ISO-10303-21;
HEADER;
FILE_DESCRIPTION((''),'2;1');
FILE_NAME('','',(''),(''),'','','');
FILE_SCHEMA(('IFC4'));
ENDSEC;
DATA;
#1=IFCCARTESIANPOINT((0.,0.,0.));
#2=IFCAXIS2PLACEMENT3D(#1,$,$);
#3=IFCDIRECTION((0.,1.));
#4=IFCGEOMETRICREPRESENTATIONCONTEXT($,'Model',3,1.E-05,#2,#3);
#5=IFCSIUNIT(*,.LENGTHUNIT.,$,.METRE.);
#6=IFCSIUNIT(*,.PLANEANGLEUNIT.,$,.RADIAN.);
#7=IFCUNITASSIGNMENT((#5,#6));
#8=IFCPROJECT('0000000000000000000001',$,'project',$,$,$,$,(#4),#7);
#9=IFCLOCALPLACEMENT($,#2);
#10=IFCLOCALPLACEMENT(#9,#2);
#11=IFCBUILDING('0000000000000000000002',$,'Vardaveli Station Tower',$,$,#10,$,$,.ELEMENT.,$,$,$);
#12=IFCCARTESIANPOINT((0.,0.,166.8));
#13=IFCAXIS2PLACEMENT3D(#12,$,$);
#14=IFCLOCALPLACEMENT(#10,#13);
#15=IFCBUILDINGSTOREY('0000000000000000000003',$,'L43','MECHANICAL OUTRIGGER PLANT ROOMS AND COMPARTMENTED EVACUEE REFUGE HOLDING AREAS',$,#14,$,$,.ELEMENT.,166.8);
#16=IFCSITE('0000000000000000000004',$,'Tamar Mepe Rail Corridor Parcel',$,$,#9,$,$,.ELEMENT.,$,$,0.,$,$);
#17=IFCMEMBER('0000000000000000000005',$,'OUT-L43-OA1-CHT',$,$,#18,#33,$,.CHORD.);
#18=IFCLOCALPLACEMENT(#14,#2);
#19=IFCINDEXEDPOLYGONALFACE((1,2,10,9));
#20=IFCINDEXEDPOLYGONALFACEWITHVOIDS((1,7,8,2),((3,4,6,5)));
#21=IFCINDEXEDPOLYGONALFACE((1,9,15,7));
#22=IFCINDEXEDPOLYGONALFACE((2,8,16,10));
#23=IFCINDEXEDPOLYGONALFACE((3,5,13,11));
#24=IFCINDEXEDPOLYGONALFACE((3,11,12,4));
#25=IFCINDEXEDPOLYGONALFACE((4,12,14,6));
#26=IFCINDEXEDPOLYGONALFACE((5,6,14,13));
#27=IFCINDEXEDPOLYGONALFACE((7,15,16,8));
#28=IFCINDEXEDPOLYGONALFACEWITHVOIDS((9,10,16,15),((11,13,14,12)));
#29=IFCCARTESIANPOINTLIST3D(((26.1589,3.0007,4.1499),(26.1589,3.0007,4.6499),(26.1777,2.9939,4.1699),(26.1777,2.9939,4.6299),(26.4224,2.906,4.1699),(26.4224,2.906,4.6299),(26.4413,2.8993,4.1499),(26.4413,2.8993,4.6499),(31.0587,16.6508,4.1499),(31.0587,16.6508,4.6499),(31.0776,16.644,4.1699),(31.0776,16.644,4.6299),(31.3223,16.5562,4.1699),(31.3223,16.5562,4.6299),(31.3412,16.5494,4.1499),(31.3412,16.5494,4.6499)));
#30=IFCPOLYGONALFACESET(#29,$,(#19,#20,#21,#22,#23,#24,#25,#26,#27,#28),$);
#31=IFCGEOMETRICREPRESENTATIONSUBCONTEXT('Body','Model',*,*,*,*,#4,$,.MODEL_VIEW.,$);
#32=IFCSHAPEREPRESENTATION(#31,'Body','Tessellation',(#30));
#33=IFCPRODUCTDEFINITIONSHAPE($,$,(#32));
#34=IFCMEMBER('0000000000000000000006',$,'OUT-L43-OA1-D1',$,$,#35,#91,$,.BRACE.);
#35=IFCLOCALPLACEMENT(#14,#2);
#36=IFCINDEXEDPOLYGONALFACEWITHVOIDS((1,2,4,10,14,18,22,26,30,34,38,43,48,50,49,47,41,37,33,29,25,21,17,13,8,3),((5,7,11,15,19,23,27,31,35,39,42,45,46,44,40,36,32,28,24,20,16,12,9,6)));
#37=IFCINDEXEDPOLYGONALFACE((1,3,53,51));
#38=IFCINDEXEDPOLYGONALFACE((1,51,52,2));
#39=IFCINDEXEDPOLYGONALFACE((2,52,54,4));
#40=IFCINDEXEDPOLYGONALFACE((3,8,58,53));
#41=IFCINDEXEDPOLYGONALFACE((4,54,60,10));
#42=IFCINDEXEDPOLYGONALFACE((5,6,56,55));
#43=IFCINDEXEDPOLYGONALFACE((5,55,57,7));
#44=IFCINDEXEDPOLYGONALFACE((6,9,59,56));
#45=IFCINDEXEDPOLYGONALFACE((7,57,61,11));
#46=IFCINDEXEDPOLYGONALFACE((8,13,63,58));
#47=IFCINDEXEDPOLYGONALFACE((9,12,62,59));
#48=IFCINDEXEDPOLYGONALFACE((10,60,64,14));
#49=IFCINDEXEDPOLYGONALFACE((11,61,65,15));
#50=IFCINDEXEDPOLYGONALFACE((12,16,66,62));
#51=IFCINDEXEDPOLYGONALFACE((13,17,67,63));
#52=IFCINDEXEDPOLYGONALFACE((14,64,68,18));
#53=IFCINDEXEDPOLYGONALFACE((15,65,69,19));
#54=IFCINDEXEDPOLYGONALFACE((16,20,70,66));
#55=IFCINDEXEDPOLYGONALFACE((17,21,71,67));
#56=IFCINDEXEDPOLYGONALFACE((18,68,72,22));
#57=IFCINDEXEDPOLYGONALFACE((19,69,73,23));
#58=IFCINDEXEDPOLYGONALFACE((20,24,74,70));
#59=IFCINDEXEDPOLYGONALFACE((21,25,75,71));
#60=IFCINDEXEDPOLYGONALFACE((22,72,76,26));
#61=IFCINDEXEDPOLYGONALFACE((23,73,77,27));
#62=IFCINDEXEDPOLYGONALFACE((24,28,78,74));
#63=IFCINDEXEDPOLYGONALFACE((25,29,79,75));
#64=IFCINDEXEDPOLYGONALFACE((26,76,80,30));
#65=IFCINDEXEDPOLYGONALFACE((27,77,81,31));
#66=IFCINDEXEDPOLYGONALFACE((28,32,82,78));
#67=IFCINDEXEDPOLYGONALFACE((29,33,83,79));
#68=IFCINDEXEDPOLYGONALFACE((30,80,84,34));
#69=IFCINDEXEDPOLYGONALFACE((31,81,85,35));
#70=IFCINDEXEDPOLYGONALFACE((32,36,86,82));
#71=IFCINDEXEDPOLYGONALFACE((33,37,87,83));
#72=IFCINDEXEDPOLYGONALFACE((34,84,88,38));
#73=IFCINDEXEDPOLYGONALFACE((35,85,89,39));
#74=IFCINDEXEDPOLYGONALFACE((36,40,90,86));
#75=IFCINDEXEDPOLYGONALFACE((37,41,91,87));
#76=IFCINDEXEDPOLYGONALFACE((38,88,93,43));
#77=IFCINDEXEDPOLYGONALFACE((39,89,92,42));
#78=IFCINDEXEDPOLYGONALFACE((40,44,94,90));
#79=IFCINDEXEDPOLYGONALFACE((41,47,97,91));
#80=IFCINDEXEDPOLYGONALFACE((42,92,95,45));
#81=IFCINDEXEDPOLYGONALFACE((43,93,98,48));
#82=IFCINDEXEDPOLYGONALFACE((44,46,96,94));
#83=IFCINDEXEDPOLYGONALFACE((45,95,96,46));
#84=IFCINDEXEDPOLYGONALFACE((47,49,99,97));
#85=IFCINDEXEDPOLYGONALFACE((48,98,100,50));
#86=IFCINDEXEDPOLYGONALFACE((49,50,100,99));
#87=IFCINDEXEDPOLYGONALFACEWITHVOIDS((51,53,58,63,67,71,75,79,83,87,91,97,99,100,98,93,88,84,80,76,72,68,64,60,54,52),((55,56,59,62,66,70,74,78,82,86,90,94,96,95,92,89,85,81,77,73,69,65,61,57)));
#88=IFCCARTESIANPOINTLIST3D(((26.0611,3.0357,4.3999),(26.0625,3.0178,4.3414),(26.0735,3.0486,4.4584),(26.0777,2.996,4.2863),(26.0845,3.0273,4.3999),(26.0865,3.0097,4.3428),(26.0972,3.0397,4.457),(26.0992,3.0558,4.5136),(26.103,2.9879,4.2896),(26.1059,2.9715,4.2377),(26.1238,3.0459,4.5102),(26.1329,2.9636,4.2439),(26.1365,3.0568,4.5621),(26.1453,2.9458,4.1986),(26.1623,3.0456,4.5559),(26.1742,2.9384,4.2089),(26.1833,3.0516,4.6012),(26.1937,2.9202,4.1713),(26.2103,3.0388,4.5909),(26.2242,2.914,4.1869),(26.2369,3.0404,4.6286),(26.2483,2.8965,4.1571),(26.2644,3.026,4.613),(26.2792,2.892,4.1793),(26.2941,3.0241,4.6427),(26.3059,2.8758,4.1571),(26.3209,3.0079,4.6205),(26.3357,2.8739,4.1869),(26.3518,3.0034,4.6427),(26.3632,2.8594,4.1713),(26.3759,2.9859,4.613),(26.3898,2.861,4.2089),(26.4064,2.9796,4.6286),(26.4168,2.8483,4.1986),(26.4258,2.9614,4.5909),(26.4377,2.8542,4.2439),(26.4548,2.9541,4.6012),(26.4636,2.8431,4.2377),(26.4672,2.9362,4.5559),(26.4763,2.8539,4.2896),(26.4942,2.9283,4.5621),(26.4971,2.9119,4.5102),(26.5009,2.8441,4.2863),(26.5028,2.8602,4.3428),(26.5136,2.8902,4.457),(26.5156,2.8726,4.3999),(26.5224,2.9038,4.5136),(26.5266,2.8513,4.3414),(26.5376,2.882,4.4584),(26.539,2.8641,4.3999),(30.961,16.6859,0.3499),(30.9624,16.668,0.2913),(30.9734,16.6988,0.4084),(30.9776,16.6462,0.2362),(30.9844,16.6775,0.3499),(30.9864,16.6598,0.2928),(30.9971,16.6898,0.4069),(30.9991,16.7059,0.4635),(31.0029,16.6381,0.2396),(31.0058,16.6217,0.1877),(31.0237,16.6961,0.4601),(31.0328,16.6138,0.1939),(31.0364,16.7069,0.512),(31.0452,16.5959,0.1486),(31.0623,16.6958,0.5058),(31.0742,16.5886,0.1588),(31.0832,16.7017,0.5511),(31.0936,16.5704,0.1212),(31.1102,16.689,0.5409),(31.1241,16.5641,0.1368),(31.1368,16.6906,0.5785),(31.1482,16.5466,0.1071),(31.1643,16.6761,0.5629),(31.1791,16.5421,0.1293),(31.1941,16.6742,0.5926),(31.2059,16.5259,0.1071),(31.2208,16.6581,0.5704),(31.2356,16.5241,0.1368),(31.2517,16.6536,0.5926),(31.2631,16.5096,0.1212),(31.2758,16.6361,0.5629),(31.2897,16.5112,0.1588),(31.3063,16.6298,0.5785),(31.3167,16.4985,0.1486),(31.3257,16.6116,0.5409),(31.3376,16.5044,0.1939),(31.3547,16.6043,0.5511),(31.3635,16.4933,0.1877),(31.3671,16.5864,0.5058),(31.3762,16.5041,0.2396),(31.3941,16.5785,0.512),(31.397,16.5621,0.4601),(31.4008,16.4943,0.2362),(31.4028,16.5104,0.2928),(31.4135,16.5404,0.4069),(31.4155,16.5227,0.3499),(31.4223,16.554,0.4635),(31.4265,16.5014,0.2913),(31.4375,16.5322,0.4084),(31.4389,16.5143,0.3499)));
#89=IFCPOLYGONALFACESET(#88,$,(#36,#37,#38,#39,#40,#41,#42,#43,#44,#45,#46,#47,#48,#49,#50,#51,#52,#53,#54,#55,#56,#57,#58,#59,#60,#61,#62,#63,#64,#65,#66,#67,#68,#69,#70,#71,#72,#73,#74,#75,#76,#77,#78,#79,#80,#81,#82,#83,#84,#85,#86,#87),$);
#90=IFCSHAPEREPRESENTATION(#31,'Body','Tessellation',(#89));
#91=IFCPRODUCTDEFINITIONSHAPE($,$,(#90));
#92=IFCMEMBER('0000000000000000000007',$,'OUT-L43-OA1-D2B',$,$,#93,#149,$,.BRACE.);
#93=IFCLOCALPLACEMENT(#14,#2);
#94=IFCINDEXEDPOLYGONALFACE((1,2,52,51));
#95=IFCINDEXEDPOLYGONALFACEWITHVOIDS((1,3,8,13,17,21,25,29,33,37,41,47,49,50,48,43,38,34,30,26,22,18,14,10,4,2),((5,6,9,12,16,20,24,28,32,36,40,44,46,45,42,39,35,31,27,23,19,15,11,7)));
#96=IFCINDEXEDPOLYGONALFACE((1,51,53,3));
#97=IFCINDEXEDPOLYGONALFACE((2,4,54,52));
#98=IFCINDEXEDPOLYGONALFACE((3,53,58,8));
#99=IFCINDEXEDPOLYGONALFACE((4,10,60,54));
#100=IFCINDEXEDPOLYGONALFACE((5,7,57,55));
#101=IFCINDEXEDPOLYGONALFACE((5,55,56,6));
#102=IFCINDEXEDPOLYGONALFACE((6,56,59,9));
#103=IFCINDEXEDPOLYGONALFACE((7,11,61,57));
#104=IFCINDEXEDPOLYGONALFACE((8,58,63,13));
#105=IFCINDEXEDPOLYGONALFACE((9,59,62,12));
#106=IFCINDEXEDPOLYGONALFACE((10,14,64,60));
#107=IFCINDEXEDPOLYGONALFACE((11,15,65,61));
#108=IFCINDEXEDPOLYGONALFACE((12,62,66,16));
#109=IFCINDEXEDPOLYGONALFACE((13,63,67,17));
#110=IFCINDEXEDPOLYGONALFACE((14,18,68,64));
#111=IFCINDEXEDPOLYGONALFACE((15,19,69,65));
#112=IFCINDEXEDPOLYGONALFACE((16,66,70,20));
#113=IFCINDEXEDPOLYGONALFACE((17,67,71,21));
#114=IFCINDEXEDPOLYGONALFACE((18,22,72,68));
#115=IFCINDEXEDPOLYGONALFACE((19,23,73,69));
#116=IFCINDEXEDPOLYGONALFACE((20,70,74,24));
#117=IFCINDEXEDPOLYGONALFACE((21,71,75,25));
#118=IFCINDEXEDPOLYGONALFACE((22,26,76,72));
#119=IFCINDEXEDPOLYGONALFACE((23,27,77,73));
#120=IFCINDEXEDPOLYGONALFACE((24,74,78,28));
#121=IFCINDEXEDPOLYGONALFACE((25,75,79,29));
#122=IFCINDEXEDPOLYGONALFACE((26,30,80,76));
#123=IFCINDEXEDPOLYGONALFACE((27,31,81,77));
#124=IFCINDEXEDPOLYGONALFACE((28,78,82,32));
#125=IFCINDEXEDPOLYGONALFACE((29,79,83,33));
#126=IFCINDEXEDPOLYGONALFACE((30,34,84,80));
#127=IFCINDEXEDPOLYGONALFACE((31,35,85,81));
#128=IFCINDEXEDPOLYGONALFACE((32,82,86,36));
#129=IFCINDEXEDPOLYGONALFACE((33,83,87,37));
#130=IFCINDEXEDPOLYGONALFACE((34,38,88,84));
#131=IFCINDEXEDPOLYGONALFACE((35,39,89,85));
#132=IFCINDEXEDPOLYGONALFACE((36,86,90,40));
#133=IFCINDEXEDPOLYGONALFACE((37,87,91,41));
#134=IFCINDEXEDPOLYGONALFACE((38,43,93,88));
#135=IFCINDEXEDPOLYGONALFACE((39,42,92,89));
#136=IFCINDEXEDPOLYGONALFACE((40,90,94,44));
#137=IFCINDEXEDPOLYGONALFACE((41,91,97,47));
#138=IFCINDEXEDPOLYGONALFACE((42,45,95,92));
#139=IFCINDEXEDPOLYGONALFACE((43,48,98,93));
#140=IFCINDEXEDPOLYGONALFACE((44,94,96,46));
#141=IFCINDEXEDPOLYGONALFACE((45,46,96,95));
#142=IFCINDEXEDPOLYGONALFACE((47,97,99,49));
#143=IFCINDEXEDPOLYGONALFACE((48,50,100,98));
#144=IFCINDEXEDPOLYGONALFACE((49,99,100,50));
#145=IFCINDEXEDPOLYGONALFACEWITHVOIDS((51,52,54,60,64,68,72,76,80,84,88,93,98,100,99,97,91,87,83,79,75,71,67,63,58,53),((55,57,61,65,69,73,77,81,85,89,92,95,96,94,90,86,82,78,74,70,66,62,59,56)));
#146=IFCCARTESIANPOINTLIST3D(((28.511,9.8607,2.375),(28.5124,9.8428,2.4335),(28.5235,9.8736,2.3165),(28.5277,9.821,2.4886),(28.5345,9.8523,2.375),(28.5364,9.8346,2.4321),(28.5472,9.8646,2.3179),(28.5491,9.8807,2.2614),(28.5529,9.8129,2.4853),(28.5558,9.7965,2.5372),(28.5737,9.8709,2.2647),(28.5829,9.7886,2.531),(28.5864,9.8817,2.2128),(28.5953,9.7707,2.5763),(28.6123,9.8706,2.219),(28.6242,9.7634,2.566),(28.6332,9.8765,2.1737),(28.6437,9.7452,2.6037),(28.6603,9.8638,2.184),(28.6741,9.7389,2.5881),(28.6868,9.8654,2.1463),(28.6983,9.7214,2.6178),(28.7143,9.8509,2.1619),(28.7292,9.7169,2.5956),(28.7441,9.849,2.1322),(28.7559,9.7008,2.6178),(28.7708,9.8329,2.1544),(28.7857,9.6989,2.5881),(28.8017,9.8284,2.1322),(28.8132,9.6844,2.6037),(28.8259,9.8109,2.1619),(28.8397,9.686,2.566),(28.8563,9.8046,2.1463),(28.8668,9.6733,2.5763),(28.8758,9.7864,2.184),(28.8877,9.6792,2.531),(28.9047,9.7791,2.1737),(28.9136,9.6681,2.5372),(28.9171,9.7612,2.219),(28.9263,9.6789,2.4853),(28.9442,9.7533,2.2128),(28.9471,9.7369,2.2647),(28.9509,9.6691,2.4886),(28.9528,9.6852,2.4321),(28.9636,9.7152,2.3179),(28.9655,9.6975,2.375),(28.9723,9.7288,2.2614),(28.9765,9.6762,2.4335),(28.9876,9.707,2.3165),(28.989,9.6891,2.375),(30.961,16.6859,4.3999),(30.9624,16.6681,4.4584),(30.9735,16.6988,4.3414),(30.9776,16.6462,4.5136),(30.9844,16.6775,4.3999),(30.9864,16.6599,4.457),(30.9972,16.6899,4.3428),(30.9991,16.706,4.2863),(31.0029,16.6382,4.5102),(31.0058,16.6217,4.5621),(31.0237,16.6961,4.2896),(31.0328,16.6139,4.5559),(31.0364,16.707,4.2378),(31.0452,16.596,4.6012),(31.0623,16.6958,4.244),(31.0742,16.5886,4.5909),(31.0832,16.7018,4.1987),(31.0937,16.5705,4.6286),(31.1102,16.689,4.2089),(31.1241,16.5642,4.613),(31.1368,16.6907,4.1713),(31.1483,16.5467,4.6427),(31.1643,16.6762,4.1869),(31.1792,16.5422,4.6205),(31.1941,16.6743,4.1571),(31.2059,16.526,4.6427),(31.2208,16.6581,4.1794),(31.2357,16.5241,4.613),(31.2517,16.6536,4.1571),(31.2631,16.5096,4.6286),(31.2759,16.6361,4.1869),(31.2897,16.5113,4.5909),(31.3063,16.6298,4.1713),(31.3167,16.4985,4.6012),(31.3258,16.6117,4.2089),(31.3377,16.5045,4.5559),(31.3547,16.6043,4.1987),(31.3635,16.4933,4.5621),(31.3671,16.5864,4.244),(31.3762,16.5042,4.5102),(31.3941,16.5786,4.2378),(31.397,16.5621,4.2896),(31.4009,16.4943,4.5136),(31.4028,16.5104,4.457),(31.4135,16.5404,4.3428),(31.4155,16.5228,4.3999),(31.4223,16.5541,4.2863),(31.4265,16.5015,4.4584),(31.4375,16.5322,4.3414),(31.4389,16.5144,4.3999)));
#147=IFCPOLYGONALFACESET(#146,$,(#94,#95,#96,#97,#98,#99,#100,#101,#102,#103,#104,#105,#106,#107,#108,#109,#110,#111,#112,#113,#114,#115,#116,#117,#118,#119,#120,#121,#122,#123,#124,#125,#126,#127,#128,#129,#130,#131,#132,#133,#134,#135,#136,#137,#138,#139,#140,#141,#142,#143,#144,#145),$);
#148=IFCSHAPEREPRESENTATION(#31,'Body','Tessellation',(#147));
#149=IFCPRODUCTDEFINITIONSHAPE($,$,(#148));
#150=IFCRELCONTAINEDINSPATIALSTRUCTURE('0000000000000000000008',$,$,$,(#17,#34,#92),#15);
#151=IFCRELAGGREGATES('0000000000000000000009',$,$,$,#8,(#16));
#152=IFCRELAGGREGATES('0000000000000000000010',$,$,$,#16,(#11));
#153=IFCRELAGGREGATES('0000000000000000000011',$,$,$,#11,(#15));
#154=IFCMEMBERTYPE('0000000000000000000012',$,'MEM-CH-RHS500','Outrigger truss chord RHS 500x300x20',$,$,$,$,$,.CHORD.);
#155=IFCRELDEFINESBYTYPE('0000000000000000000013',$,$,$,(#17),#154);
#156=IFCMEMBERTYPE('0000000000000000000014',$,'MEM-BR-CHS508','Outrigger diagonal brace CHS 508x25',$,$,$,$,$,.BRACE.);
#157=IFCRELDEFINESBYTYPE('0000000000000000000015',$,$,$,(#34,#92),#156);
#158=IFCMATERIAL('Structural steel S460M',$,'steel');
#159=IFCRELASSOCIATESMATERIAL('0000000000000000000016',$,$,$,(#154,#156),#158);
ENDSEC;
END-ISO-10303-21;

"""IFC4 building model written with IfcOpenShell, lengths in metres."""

from ifc_helpers import new_model, si_unit, direction, frame, origin, origin_2d, place, context, subcontext, project, spatial, hollow_rectangle, hollow_circle, extrude, source, transform, mapped, material, material_profile, profile_set, type_object, element, save


model = new_model("IFC4")

# Units and contexts
model_context = context("Model", 3, precision=1e-05, world=origin(), true_north=direction((0.0, 1.0)))
body_context = subcontext(model_context, "Body", "Model", "MODEL_VIEW")
ifc_project = project(units=[si_unit("LENGTHUNIT", "METRE"), si_unit("PLANEANGLEUNIT", "RADIAN")], contexts=[model_context])

# Site, building, storey
site_placement = place(None, origin())
site = spatial("IfcSite", under=ifc_project, at=site_placement, Name="Tamar Mepe Rail Corridor Parcel", CompositionType="ELEMENT", RefElevation=0.0)
building_placement = place(site_placement, origin())
building = spatial("IfcBuilding", under=site, at=building_placement, Name="Vardaveli Station Tower", CompositionType="ELEMENT")
storey_placement = place(building_placement, frame((0.0, 0.0, 166.8)))
storey = spatial("IfcBuildingStorey", under=building, at=storey_placement, Name="L43", Description="MECHANICAL OUTRIGGER PLANT ROOMS AND COMPARTMENTED EVACUEE REFUGE HOLDING AREAS", CompositionType="ELEMENT", Elevation=166.8)

# Shared definitions
ifc_material_1 = material(Name="Structural steel S460M", Category="steel")

# Members
ifc_material_profile_1 = material_profile(ifc_material_1, hollow_rectangle(XDim=0.3, YDim=0.5, WallThickness=0.02, at=origin_2d()), Name="RHS 500x300x20")
ifc_profile_set_1 = profile_set([ifc_material_profile_1], Name="Structural steel S460M")
member_type_1 = type_object("IfcMemberType", Name="MEM-CH-RHS500", Description="Outrigger truss chord RHS 500x300x20", PredefinedType="CHORD", material=ifc_profile_set_1)
shared_shape_1 = source(origin(), body_context, "Body", "SweptSolid", [
    extrude(hollow_rectangle(XDim=0.3, YDim=0.5, WallThickness=0.02, at=origin_2d()), origin(), (0.0, 0.0, 1.0), 14.5029),
])
for number, where, z_axis, x_axis, name in (
    (1, (31.2, 16.6001, 4.3999), (-0.337856, -0.941198, 0.0), (0.941198, -0.337856, 0.0), "OUT-L43-OA1-CHT"),
):
    element("IfcMember", number, at=place(storey_placement, frame(where, z_axis=z_axis, x_axis=x_axis)), inside=storey, type_object=member_type_1, Name=name, PredefinedType="CHORD", context=body_context, shape_type="MappedRepresentation", body=[
        mapped(shared_shape_1, transform((0.0, 0.0, 0.0), scale=1.0)),
    ])
ifc_material_profile_2 = material_profile(ifc_material_1, hollow_circle(Radius=0.2539, WallThickness=0.0249, at=origin_2d()), Name="CHS 508x25")
ifc_profile_set_2 = profile_set([ifc_material_profile_2], Name="Structural steel S460M")
member_type_2 = type_object("IfcMemberType", Name="MEM-BR-CHS508", Description="Outrigger diagonal brace CHS 508x25", PredefinedType="BRACE", material=ifc_profile_set_2)
shared_shape_2 = source(origin(), body_context, "Body", "SweptSolid", [
    extrude(hollow_circle(Radius=0.2539, WallThickness=0.0249, at=origin_2d()), origin(), (0.0, 0.0, 1.0), 15.0579),
])
member_1_placement = place(storey_placement, frame((31.2, 16.6001, 0.3499), z_axis=(-0.325405, -0.906514, 0.268966), x_axis=(0.941198, -0.337856, 0.0)))
element("IfcMember", 2, at=member_1_placement, inside=storey, type_object=member_type_2, Name="OUT-L43-OA1-D1", PredefinedType="BRACE", context=body_context, shape_type="MappedRepresentation", body=[
    mapped(shared_shape_2, transform((0.0, 0.0, 0.0), scale=1.0)),
])
shared_shape_3 = source(origin(), body_context, "Body", "SweptSolid", [
    extrude(hollow_circle(Radius=0.2539, WallThickness=0.0249, at=origin_2d()), origin(), (0.0, 0.0, 1.0), 7.5291),
])
member_2_placement = place(storey_placement, frame((28.75, 9.7749, 2.375), z_axis=(0.325402, 0.906521, 0.268947), x_axis=(-0.9412, 0.33785, 0.0)))
element("IfcMember", 3, at=member_2_placement, inside=storey, type_object=member_type_2, Name="OUT-L43-OA1-D2B", PredefinedType="BRACE", context=body_context, shape_type="MappedRepresentation", body=[
    mapped(shared_shape_3, transform((0.0, 0.0, 0.0), scale=1.0)),
])

save(model, "model.ifc")
